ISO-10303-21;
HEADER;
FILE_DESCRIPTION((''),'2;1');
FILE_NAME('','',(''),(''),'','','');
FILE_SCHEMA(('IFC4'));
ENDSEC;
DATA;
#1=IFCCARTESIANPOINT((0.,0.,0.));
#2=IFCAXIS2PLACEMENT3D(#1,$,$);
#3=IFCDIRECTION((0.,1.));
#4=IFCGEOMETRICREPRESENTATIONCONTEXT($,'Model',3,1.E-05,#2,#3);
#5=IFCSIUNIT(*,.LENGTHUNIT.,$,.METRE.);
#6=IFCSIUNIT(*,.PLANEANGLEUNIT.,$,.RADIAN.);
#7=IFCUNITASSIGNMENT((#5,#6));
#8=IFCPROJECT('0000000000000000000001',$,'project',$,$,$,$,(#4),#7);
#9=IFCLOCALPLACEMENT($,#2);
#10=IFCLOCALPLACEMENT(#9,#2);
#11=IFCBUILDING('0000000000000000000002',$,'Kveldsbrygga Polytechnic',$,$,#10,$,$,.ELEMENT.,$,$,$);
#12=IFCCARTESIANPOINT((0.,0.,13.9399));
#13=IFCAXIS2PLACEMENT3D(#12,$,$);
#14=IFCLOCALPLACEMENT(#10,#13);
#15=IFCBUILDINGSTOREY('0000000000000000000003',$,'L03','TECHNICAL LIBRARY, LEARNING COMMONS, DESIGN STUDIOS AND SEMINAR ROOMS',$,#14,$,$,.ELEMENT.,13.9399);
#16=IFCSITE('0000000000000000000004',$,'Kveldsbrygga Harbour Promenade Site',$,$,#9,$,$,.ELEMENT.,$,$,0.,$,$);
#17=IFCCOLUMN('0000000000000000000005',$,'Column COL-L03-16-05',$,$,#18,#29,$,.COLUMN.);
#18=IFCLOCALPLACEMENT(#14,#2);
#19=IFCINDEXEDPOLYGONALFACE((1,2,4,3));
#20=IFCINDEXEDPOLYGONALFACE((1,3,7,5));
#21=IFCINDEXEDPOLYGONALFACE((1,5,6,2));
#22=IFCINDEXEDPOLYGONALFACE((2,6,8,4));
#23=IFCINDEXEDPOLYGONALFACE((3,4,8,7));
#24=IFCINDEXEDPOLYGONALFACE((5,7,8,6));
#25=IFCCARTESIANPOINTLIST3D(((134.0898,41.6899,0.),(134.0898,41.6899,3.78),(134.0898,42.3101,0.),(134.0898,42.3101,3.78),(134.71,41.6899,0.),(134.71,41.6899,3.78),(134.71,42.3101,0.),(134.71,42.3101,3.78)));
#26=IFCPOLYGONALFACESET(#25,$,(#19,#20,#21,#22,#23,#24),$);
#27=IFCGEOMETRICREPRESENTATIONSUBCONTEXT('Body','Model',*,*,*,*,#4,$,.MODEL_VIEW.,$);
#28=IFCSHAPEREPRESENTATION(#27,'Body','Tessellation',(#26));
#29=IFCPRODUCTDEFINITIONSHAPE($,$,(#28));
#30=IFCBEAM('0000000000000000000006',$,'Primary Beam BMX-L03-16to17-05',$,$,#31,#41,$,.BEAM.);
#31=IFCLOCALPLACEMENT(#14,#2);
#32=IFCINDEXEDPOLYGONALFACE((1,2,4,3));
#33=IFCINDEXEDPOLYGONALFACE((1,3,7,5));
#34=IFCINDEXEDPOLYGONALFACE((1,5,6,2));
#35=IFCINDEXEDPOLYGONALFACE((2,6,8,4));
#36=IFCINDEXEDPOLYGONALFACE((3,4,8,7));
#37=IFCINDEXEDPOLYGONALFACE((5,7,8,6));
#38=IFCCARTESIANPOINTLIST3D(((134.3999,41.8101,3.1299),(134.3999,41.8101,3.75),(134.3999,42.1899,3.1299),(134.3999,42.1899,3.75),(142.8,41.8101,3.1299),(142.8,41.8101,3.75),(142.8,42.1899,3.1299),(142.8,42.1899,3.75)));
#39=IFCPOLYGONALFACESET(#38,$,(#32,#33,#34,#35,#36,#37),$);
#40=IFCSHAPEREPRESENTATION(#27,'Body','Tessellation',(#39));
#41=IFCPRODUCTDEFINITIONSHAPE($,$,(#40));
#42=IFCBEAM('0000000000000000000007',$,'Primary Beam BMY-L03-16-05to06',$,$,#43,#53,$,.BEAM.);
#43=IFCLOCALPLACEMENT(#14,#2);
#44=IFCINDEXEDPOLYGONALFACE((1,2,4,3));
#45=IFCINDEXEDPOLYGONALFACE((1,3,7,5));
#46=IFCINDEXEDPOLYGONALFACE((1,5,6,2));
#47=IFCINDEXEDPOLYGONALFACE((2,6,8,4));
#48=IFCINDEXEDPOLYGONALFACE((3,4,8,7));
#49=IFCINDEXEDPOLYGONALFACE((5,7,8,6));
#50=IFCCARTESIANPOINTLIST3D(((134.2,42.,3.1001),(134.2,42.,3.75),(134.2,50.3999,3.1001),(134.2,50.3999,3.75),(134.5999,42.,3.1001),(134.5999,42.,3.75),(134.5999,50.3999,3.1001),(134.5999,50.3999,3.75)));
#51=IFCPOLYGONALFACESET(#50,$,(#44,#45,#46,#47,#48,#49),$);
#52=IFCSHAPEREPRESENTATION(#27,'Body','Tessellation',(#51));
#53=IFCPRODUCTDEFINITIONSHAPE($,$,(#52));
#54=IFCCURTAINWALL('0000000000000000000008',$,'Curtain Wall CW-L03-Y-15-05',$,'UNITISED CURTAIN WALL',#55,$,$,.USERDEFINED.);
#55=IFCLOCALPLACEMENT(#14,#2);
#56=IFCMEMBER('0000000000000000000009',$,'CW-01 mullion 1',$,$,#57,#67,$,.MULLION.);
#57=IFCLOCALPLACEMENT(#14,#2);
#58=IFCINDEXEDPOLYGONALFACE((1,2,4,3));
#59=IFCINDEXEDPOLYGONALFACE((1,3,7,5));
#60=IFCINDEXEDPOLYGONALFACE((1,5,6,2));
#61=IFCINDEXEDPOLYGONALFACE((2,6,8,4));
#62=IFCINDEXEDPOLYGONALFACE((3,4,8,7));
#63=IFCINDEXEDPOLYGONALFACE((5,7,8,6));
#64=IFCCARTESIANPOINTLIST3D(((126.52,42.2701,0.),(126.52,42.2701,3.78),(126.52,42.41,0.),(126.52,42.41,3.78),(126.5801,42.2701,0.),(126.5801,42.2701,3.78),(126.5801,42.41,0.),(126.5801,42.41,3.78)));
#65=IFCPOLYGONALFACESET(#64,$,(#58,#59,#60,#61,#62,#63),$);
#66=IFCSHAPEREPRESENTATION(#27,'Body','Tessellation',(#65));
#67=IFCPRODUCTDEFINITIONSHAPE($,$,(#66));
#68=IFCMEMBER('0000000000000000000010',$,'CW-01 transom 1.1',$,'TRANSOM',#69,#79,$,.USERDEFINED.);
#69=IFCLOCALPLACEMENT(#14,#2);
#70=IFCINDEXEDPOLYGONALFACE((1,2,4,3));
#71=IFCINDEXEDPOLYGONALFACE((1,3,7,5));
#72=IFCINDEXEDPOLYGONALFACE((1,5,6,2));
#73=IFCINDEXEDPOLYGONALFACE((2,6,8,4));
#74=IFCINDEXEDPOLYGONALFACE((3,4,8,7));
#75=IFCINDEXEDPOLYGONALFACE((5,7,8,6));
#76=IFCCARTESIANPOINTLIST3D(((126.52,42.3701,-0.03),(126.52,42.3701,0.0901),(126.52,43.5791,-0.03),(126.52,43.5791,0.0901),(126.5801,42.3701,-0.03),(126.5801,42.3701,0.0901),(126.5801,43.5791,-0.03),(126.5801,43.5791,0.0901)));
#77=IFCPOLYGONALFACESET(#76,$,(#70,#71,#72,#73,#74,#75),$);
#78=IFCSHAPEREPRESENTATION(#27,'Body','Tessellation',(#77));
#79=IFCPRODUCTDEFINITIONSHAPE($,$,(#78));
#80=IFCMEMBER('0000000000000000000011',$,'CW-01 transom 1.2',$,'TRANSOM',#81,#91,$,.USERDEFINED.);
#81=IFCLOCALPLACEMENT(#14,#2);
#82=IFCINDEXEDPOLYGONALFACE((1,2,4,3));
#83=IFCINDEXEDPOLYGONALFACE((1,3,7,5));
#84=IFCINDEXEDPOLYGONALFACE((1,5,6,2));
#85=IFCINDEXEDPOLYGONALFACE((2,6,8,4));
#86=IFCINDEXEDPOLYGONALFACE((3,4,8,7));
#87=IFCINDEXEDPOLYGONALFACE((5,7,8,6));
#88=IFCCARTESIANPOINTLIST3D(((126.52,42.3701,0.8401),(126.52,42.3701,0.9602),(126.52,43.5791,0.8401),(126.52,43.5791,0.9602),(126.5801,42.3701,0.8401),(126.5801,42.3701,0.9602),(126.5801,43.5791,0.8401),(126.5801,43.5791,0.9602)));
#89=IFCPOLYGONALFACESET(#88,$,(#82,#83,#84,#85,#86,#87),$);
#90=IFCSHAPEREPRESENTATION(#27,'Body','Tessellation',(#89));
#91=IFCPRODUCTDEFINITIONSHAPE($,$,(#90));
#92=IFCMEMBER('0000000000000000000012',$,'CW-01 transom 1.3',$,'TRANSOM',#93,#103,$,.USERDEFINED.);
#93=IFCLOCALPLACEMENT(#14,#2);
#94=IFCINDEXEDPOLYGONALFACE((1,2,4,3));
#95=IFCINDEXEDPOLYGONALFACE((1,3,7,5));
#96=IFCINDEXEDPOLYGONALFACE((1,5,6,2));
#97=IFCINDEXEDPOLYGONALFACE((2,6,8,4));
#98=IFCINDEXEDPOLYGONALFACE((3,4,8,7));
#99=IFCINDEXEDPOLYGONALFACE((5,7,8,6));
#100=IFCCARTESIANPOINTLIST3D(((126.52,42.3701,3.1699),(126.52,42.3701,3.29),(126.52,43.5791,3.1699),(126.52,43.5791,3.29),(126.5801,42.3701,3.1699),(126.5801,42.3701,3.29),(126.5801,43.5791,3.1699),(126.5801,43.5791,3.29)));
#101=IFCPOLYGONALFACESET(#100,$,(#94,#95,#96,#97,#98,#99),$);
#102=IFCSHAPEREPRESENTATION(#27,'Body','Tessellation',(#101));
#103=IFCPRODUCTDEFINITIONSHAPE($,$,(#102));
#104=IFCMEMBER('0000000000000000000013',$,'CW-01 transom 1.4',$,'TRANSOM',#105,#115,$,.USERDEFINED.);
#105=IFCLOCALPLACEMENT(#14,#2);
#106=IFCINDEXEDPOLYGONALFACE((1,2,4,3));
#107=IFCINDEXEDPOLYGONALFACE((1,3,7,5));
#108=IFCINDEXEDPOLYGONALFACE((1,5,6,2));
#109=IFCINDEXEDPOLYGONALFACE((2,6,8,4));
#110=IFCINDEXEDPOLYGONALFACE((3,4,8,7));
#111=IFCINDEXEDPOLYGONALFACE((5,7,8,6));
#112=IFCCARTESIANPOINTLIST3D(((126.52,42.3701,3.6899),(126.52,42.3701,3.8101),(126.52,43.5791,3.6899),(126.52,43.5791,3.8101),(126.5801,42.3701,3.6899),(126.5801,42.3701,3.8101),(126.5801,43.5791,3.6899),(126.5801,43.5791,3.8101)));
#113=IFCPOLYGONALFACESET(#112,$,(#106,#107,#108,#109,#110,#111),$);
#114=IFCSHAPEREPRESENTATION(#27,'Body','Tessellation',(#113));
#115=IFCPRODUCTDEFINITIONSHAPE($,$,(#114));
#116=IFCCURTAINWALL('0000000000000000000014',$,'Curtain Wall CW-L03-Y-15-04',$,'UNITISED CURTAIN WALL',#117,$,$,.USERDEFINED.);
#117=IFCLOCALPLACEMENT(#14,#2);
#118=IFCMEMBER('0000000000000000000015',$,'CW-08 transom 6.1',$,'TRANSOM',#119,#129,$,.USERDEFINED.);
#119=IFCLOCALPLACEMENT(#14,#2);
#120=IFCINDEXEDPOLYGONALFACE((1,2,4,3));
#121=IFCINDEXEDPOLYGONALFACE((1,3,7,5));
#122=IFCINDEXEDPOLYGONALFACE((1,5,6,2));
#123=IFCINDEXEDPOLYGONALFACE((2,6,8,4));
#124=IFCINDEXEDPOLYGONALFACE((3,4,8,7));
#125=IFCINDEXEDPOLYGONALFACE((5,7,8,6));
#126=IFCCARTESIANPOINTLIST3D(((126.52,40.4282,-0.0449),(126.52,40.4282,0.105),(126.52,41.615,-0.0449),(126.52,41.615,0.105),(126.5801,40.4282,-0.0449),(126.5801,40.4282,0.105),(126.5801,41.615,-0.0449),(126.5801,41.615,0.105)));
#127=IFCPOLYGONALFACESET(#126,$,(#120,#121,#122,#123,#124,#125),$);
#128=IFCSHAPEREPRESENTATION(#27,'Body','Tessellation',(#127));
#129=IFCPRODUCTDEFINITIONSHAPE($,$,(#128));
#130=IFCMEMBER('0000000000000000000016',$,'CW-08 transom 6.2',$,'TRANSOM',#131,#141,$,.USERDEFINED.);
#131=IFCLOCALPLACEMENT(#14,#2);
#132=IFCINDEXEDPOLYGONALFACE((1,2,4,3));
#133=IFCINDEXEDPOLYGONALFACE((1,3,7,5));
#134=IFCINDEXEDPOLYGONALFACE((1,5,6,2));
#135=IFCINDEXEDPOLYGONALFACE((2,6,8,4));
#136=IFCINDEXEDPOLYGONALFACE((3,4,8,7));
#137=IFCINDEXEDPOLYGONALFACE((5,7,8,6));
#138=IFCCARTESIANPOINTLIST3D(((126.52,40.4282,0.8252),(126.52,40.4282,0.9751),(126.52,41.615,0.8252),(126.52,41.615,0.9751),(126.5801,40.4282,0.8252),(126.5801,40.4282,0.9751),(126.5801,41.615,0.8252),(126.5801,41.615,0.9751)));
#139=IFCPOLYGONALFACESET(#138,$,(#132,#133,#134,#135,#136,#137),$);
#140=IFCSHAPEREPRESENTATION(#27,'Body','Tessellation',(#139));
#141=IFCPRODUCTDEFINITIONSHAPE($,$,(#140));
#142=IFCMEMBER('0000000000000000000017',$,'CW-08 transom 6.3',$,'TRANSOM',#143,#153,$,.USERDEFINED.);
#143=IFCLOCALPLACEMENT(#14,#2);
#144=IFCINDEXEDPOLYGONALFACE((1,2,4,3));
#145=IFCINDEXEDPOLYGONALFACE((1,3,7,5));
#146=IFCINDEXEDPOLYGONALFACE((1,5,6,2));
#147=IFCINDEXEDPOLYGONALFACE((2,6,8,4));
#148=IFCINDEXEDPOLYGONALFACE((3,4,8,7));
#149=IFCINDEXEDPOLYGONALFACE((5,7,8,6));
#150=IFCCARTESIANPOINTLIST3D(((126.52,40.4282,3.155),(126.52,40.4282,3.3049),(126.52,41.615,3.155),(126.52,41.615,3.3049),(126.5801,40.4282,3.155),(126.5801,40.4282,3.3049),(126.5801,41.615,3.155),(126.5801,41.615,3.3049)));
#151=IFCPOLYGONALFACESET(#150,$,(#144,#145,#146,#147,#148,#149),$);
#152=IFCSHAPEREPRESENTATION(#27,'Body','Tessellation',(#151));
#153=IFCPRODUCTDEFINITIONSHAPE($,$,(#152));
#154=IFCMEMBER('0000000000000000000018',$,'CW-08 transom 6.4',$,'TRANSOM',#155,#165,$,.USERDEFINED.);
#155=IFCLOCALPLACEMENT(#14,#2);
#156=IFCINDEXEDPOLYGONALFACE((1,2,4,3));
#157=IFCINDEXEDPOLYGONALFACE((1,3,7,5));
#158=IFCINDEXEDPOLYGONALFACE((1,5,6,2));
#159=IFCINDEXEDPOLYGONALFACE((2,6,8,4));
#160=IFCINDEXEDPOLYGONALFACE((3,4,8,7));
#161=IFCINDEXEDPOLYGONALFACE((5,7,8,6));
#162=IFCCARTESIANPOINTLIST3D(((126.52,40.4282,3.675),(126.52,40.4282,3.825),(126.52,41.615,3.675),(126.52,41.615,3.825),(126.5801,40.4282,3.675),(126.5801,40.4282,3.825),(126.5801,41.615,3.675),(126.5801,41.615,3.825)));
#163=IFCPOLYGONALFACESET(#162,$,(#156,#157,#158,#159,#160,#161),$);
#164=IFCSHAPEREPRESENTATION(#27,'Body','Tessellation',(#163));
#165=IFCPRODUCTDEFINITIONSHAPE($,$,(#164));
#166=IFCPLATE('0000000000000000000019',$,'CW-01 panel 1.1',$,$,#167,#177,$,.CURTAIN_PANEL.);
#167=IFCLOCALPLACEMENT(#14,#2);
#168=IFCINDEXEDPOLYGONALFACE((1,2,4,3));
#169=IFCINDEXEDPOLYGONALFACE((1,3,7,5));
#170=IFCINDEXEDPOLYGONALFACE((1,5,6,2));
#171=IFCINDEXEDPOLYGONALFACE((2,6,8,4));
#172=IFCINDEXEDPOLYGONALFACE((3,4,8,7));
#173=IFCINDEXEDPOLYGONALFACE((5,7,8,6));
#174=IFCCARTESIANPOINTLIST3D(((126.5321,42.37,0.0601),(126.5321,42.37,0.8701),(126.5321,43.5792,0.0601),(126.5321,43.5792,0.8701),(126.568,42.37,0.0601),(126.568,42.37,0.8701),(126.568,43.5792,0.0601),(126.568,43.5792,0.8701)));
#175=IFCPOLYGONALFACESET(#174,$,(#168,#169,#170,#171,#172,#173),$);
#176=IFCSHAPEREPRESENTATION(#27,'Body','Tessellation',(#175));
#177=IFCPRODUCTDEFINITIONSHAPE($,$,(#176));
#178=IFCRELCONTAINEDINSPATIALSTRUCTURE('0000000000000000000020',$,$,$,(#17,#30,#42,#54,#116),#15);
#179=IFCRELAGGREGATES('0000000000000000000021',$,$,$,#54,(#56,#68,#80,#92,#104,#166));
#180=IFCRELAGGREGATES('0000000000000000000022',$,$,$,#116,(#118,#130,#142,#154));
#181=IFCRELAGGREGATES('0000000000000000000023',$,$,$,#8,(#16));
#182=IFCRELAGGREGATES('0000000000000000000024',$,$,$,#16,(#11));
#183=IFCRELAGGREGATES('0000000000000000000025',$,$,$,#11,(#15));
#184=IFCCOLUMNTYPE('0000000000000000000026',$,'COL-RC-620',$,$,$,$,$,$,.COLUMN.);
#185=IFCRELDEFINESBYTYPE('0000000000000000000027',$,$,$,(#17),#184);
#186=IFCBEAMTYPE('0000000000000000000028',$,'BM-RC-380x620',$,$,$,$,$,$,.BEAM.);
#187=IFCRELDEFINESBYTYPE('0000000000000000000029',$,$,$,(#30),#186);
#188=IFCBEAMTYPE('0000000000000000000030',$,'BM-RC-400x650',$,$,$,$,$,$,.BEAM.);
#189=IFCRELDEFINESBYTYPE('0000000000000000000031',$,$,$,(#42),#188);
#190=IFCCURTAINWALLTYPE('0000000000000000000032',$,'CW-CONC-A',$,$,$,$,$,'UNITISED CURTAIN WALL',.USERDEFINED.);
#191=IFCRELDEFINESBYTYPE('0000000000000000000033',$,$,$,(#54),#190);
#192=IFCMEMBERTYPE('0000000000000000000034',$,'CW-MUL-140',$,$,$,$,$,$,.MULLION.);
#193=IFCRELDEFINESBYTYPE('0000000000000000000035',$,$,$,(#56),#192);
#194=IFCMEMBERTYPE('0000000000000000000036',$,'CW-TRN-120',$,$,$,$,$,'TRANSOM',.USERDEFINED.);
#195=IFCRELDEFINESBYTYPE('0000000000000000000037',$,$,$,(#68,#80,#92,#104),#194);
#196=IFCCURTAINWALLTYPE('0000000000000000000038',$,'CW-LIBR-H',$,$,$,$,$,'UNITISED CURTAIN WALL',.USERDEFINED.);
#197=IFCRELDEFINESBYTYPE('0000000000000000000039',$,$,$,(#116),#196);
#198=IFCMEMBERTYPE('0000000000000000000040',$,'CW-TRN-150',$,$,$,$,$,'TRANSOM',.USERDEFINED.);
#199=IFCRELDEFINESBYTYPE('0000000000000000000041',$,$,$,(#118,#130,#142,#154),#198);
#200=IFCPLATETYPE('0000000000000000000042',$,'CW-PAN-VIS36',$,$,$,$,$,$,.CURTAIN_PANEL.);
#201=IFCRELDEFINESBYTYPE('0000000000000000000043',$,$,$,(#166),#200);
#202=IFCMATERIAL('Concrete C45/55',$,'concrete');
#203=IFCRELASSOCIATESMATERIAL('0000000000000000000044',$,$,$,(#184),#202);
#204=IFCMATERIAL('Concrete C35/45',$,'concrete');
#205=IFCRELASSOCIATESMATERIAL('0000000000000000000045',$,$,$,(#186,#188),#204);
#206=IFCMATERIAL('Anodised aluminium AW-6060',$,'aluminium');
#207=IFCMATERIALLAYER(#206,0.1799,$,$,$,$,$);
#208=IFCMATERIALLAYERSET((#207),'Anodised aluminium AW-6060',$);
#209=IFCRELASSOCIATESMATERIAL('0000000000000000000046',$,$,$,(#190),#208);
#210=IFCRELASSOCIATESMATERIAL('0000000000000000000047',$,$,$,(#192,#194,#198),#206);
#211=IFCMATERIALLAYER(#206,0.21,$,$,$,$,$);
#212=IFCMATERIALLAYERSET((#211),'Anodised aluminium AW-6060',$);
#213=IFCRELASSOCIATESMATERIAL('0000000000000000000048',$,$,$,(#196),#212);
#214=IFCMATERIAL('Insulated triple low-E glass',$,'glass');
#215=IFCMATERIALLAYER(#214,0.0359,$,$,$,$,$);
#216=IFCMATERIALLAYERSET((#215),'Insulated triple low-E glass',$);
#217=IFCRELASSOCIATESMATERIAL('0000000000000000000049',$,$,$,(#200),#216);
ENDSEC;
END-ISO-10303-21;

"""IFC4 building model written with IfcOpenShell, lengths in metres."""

from ifc_helpers import new_model, si_unit, direction, frame, origin, origin_2d, place, context, subcontext, project, spatial, rectangle, extrude, material, layer, layer_set, material_profile, profile_set, type_object, element, aggregate, save


model = new_model("IFC4")

# Units and contexts
model_context = context("Model", 3, precision=1e-05, world=origin(), true_north=direction((0.0, 1.0)))
body_context = subcontext(model_context, "Body", "Model", "MODEL_VIEW")
ifc_project = project(units=[si_unit("LENGTHUNIT", "METRE"), si_unit("PLANEANGLEUNIT", "RADIAN")], contexts=[model_context])

# Site, building, storey
site_placement = place(None, origin())
site = spatial("IfcSite", under=ifc_project, at=site_placement, Name="Kveldsbrygga Harbour Promenade Site", CompositionType="ELEMENT", RefElevation=0.0)
building_placement = place(site_placement, origin())
building = spatial("IfcBuilding", under=site, at=building_placement, Name="Kveldsbrygga Polytechnic", CompositionType="ELEMENT")
storey_placement = place(building_placement, frame((0.0, 0.0, 13.9399)))
storey = spatial("IfcBuildingStorey", under=building, at=storey_placement, Name="L03", Description="TECHNICAL LIBRARY, LEARNING COMMONS, DESIGN STUDIOS AND SEMINAR ROOMS", CompositionType="ELEMENT", Elevation=13.9399)

# Column
ifc_material_1 = material(Name="Concrete C45/55", Category="concrete")
ifc_material_profile_1 = material_profile(ifc_material_1, rectangle(XDim=0.6201, YDim=0.6201, at=origin_2d()), Name="RC 620x620")
ifc_profile_set_1 = profile_set([ifc_material_profile_1], Name="Concrete C45/55")
column_type = type_object("IfcColumnType", Name="COL-RC-620", PredefinedType="COLUMN", material=ifc_profile_set_1)
column_placement = place(storey_placement, frame((134.3999, 42.0, 0.0), z_axis=(0.0, 0.0, 1.0), x_axis=(1.0, 0.0, 0.0)))
element("IfcColumn", 1, at=column_placement, inside=storey, type_object=column_type, Name="Column COL-L03-16-05", PredefinedType="COLUMN", context=body_context, shape_type="SweptSolid", body=[
    extrude(rectangle(XDim=0.6201, YDim=0.6201, at=origin_2d()), origin(), (0.0, 0.0, 1.0), 3.78),
])

# Beams
ifc_material_2 = material(Name="Concrete C35/45", Category="concrete")
ifc_material_profile_2 = material_profile(ifc_material_2, rectangle(XDim=0.3799, YDim=0.6201, at=origin_2d()), Name="RC 380x620")
ifc_profile_set_2 = profile_set([ifc_material_profile_2], Name="Concrete C35/45")
beam_type_1 = type_object("IfcBeamType", Name="BM-RC-380x620", PredefinedType="BEAM", material=ifc_profile_set_2)
beam_1_placement = place(storey_placement, frame((134.3999, 42.0, 3.4399), z_axis=(1.0, 0.0, 0.0), x_axis=(0.0, 1.0, 0.0)))
element("IfcBeam", 2, at=beam_1_placement, inside=storey, type_object=beam_type_1, Name="Primary Beam BMX-L03-16to17-05", PredefinedType="BEAM", context=body_context, shape_type="SweptSolid", body=[
    extrude(rectangle(XDim=0.3799, YDim=0.6201, at=origin_2d()), origin(), (0.0, 0.0, 1.0), 8.4001),
])
ifc_material_profile_3 = material_profile(ifc_material_2, rectangle(XDim=0.3999, YDim=0.6499, at=origin_2d()), Name="RC 400x650")
ifc_profile_set_3 = profile_set([ifc_material_profile_3], Name="Concrete C35/45")
beam_type_2 = type_object("IfcBeamType", Name="BM-RC-400x650", PredefinedType="BEAM", material=ifc_profile_set_3)
beam_2_placement = place(storey_placement, frame((134.3999, 42.0, 3.425), z_axis=(0.0, 1.0, 0.0), x_axis=(-1.0, 0.0, 0.0)))
element("IfcBeam", 3, at=beam_2_placement, inside=storey, type_object=beam_type_2, Name="Primary Beam BMY-L03-16-05to06", PredefinedType="BEAM", context=body_context, shape_type="SweptSolid", body=[
    extrude(rectangle(XDim=0.3999, YDim=0.6499, at=origin_2d()), origin(), (0.0, 0.0, 1.0), 8.3999),
])

# Curtain walls, members
ifc_material_3 = material(Name="Anodised aluminium AW-6060", Category="aluminium")
ifc_layer_1 = layer(ifc_material_3, 0.1799)
ifc_layer_set_1 = layer_set([ifc_layer_1], Name="Anodised aluminium AW-6060")
curtain_wall_type_1 = type_object("IfcCurtainWallType", Name="CW-CONC-A", ElementType="UNITISED CURTAIN WALL", PredefinedType="USERDEFINED", material=ifc_layer_set_1)
curtain_wall_1_placement = place(storey_placement, origin())
curtain_wall_1 = element("IfcCurtainWall", 4, at=curtain_wall_1_placement, inside=storey, type_object=curtain_wall_type_1, Name="Curtain Wall CW-L03-Y-15-05", ObjectType="UNITISED CURTAIN WALL", PredefinedType="USERDEFINED")
ifc_material_profile_4 = material_profile(ifc_material_3, rectangle(XDim=0.0601, YDim=0.1399, at=origin_2d()), Name="ALU 60x140")
ifc_profile_set_4 = profile_set([ifc_material_profile_4], Name="Anodised aluminium AW-6060")
member_type_1 = type_object("IfcMemberType", Name="CW-MUL-140", PredefinedType="MULLION", material=ifc_profile_set_4)
member_1_placement = place(storey_placement, frame((126.55, 42.3401, 0.0), z_axis=(0.0, 0.0, 1.0), x_axis=(-1.0, 0.0, 0.0)))
member_1 = element("IfcMember", 5, at=member_1_placement, type_object=member_type_1, Name="CW-01 mullion 1", PredefinedType="MULLION", context=body_context, shape_type="SweptSolid", body=[
    extrude(rectangle(XDim=0.0601, YDim=0.1399, at=origin_2d()), origin(), (0.0, 0.0, 1.0), 3.78),
])
ifc_material_profile_5 = material_profile(ifc_material_3, rectangle(XDim=0.0601, YDim=0.1201, at=origin_2d()), Name="ALU 60x120")
ifc_profile_set_5 = profile_set([ifc_material_profile_5], Name="Anodised aluminium AW-6060")
member_type_2 = type_object("IfcMemberType", Name="CW-TRN-120", ElementType="TRANSOM", PredefinedType="USERDEFINED", material=ifc_profile_set_5)
member_2_placement = place(storey_placement, frame((126.55, 42.3701, 0.03), z_axis=(0.0, 1.0, 0.0), x_axis=(-1.0, 0.0, 0.0)))
member_2 = element("IfcMember", 6, at=member_2_placement, type_object=member_type_2, Name="CW-01 transom 1.1", ObjectType="TRANSOM", PredefinedType="USERDEFINED", context=body_context, shape_type="SweptSolid", body=[
    extrude(rectangle(XDim=0.0601, YDim=0.1201, at=origin_2d()), origin(), (0.0, 0.0, 1.0), 1.209),
])
member_3_placement = place(storey_placement, frame((126.55, 42.3701, 0.9001), z_axis=(0.0, 1.0, 0.0), x_axis=(-1.0, 0.0, 0.0)))
member_3 = element("IfcMember", 7, at=member_3_placement, type_object=member_type_2, Name="CW-01 transom 1.2", ObjectType="TRANSOM", PredefinedType="USERDEFINED", context=body_context, shape_type="SweptSolid", body=[
    extrude(rectangle(XDim=0.0601, YDim=0.1201, at=origin_2d()), origin(), (0.0, 0.0, 1.0), 1.209),
])
member_4_placement = place(storey_placement, frame((126.55, 42.3701, 3.23), z_axis=(0.0, 1.0, 0.0), x_axis=(-1.0, 0.0, 0.0)))
member_4 = element("IfcMember", 8, at=member_4_placement, type_object=member_type_2, Name="CW-01 transom 1.3", ObjectType="TRANSOM", PredefinedType="USERDEFINED", context=body_context, shape_type="SweptSolid", body=[
    extrude(rectangle(XDim=0.0601, YDim=0.1201, at=origin_2d()), origin(), (0.0, 0.0, 1.0), 1.209),
])
member_5_placement = place(storey_placement, frame((126.55, 42.3701, 3.75), z_axis=(0.0, 1.0, 0.0), x_axis=(-1.0, 0.0, 0.0)))
member_5 = element("IfcMember", 9, at=member_5_placement, type_object=member_type_2, Name="CW-01 transom 1.4", ObjectType="TRANSOM", PredefinedType="USERDEFINED", context=body_context, shape_type="SweptSolid", body=[
    extrude(rectangle(XDim=0.0601, YDim=0.1201, at=origin_2d()), origin(), (0.0, 0.0, 1.0), 1.209),
])
ifc_layer_2 = layer(ifc_material_3, 0.21)
ifc_layer_set_2 = layer_set([ifc_layer_2], Name="Anodised aluminium AW-6060")
curtain_wall_type_2 = type_object("IfcCurtainWallType", Name="CW-LIBR-H", ElementType="UNITISED CURTAIN WALL", PredefinedType="USERDEFINED", material=ifc_layer_set_2)
curtain_wall_2_placement = place(storey_placement, origin())
curtain_wall_2 = element("IfcCurtainWall", 10, at=curtain_wall_2_placement, inside=storey, type_object=curtain_wall_type_2, Name="Curtain Wall CW-L03-Y-15-04", ObjectType="UNITISED CURTAIN WALL", PredefinedType="USERDEFINED")
ifc_material_profile_6 = material_profile(ifc_material_3, rectangle(XDim=0.0601, YDim=0.1499, at=origin_2d()), Name="ALU 60x150")
ifc_profile_set_6 = profile_set([ifc_material_profile_6], Name="Anodised aluminium AW-6060")
member_type_3 = type_object("IfcMemberType", Name="CW-TRN-150", ElementType="TRANSOM", PredefinedType="USERDEFINED", material=ifc_profile_set_6)
member_6_placement = place(storey_placement, frame((126.55, 40.4282, 0.03), z_axis=(0.0, 1.0, 0.0), x_axis=(-1.0, 0.0, 0.0)))
member_6 = element("IfcMember", 11, at=member_6_placement, type_object=member_type_3, Name="CW-08 transom 6.1", ObjectType="TRANSOM", PredefinedType="USERDEFINED", context=body_context, shape_type="SweptSolid", body=[
    extrude(rectangle(XDim=0.0601, YDim=0.1499, at=origin_2d()), origin(), (0.0, 0.0, 1.0), 1.1868),
])
member_7_placement = place(storey_placement, frame((126.55, 40.4282, 0.9001), z_axis=(0.0, 1.0, 0.0), x_axis=(-1.0, 0.0, 0.0)))
member_7 = element("IfcMember", 12, at=member_7_placement, type_object=member_type_3, Name="CW-08 transom 6.2", ObjectType="TRANSOM", PredefinedType="USERDEFINED", context=body_context, shape_type="SweptSolid", body=[
    extrude(rectangle(XDim=0.0601, YDim=0.1499, at=origin_2d()), origin(), (0.0, 0.0, 1.0), 1.1868),
])
member_8_placement = place(storey_placement, frame((126.55, 40.4282, 3.23), z_axis=(0.0, 1.0, 0.0), x_axis=(-1.0, 0.0, 0.0)))
member_8 = element("IfcMember", 13, at=member_8_placement, type_object=member_type_3, Name="CW-08 transom 6.3", ObjectType="TRANSOM", PredefinedType="USERDEFINED", context=body_context, shape_type="SweptSolid", body=[
    extrude(rectangle(XDim=0.0601, YDim=0.1499, at=origin_2d()), origin(), (0.0, 0.0, 1.0), 1.1868),
])
member_9_placement = place(storey_placement, frame((126.55, 40.4282, 3.75), z_axis=(0.0, 1.0, 0.0), x_axis=(-1.0, 0.0, 0.0)))
member_9 = element("IfcMember", 14, at=member_9_placement, type_object=member_type_3, Name="CW-08 transom 6.4", ObjectType="TRANSOM", PredefinedType="USERDEFINED", context=body_context, shape_type="SweptSolid", body=[
    extrude(rectangle(XDim=0.0601, YDim=0.1499, at=origin_2d()), origin(), (0.0, 0.0, 1.0), 1.1868),
])

# Plate
ifc_material_4 = material(Name="Insulated triple low-E glass", Category="glass")
ifc_layer_3 = layer(ifc_material_4, 0.0359)
ifc_layer_set_3 = layer_set([ifc_layer_3], Name="Insulated triple low-E glass")
plate_type_1 = type_object("IfcPlateType", Name="CW-PAN-VIS36", PredefinedType="CURTAIN_PANEL", material=ifc_layer_set_3)
plate_1_placement = place(storey_placement, frame((126.55, 42.9746, 0.0601), z_axis=(0.0, 0.0, 1.0), x_axis=(0.0, 1.0, 0.0)))
plate_1 = element("IfcPlate", 15, at=plate_1_placement, type_object=plate_type_1, Name="CW-01 panel 1.1", PredefinedType="CURTAIN_PANEL", context=body_context, shape_type="SweptSolid", body=[
    extrude(rectangle(XDim=1.2092, YDim=0.0359, at=origin_2d()), origin(), (0.0, 0.0, 1.0), 0.8101),
])
aggregate(curtain_wall_1, [member_1, member_2, member_3, member_4, member_5, plate_1])
aggregate(curtain_wall_2, [member_6, member_7, member_8, member_9])

save(model, "model.ifc")
